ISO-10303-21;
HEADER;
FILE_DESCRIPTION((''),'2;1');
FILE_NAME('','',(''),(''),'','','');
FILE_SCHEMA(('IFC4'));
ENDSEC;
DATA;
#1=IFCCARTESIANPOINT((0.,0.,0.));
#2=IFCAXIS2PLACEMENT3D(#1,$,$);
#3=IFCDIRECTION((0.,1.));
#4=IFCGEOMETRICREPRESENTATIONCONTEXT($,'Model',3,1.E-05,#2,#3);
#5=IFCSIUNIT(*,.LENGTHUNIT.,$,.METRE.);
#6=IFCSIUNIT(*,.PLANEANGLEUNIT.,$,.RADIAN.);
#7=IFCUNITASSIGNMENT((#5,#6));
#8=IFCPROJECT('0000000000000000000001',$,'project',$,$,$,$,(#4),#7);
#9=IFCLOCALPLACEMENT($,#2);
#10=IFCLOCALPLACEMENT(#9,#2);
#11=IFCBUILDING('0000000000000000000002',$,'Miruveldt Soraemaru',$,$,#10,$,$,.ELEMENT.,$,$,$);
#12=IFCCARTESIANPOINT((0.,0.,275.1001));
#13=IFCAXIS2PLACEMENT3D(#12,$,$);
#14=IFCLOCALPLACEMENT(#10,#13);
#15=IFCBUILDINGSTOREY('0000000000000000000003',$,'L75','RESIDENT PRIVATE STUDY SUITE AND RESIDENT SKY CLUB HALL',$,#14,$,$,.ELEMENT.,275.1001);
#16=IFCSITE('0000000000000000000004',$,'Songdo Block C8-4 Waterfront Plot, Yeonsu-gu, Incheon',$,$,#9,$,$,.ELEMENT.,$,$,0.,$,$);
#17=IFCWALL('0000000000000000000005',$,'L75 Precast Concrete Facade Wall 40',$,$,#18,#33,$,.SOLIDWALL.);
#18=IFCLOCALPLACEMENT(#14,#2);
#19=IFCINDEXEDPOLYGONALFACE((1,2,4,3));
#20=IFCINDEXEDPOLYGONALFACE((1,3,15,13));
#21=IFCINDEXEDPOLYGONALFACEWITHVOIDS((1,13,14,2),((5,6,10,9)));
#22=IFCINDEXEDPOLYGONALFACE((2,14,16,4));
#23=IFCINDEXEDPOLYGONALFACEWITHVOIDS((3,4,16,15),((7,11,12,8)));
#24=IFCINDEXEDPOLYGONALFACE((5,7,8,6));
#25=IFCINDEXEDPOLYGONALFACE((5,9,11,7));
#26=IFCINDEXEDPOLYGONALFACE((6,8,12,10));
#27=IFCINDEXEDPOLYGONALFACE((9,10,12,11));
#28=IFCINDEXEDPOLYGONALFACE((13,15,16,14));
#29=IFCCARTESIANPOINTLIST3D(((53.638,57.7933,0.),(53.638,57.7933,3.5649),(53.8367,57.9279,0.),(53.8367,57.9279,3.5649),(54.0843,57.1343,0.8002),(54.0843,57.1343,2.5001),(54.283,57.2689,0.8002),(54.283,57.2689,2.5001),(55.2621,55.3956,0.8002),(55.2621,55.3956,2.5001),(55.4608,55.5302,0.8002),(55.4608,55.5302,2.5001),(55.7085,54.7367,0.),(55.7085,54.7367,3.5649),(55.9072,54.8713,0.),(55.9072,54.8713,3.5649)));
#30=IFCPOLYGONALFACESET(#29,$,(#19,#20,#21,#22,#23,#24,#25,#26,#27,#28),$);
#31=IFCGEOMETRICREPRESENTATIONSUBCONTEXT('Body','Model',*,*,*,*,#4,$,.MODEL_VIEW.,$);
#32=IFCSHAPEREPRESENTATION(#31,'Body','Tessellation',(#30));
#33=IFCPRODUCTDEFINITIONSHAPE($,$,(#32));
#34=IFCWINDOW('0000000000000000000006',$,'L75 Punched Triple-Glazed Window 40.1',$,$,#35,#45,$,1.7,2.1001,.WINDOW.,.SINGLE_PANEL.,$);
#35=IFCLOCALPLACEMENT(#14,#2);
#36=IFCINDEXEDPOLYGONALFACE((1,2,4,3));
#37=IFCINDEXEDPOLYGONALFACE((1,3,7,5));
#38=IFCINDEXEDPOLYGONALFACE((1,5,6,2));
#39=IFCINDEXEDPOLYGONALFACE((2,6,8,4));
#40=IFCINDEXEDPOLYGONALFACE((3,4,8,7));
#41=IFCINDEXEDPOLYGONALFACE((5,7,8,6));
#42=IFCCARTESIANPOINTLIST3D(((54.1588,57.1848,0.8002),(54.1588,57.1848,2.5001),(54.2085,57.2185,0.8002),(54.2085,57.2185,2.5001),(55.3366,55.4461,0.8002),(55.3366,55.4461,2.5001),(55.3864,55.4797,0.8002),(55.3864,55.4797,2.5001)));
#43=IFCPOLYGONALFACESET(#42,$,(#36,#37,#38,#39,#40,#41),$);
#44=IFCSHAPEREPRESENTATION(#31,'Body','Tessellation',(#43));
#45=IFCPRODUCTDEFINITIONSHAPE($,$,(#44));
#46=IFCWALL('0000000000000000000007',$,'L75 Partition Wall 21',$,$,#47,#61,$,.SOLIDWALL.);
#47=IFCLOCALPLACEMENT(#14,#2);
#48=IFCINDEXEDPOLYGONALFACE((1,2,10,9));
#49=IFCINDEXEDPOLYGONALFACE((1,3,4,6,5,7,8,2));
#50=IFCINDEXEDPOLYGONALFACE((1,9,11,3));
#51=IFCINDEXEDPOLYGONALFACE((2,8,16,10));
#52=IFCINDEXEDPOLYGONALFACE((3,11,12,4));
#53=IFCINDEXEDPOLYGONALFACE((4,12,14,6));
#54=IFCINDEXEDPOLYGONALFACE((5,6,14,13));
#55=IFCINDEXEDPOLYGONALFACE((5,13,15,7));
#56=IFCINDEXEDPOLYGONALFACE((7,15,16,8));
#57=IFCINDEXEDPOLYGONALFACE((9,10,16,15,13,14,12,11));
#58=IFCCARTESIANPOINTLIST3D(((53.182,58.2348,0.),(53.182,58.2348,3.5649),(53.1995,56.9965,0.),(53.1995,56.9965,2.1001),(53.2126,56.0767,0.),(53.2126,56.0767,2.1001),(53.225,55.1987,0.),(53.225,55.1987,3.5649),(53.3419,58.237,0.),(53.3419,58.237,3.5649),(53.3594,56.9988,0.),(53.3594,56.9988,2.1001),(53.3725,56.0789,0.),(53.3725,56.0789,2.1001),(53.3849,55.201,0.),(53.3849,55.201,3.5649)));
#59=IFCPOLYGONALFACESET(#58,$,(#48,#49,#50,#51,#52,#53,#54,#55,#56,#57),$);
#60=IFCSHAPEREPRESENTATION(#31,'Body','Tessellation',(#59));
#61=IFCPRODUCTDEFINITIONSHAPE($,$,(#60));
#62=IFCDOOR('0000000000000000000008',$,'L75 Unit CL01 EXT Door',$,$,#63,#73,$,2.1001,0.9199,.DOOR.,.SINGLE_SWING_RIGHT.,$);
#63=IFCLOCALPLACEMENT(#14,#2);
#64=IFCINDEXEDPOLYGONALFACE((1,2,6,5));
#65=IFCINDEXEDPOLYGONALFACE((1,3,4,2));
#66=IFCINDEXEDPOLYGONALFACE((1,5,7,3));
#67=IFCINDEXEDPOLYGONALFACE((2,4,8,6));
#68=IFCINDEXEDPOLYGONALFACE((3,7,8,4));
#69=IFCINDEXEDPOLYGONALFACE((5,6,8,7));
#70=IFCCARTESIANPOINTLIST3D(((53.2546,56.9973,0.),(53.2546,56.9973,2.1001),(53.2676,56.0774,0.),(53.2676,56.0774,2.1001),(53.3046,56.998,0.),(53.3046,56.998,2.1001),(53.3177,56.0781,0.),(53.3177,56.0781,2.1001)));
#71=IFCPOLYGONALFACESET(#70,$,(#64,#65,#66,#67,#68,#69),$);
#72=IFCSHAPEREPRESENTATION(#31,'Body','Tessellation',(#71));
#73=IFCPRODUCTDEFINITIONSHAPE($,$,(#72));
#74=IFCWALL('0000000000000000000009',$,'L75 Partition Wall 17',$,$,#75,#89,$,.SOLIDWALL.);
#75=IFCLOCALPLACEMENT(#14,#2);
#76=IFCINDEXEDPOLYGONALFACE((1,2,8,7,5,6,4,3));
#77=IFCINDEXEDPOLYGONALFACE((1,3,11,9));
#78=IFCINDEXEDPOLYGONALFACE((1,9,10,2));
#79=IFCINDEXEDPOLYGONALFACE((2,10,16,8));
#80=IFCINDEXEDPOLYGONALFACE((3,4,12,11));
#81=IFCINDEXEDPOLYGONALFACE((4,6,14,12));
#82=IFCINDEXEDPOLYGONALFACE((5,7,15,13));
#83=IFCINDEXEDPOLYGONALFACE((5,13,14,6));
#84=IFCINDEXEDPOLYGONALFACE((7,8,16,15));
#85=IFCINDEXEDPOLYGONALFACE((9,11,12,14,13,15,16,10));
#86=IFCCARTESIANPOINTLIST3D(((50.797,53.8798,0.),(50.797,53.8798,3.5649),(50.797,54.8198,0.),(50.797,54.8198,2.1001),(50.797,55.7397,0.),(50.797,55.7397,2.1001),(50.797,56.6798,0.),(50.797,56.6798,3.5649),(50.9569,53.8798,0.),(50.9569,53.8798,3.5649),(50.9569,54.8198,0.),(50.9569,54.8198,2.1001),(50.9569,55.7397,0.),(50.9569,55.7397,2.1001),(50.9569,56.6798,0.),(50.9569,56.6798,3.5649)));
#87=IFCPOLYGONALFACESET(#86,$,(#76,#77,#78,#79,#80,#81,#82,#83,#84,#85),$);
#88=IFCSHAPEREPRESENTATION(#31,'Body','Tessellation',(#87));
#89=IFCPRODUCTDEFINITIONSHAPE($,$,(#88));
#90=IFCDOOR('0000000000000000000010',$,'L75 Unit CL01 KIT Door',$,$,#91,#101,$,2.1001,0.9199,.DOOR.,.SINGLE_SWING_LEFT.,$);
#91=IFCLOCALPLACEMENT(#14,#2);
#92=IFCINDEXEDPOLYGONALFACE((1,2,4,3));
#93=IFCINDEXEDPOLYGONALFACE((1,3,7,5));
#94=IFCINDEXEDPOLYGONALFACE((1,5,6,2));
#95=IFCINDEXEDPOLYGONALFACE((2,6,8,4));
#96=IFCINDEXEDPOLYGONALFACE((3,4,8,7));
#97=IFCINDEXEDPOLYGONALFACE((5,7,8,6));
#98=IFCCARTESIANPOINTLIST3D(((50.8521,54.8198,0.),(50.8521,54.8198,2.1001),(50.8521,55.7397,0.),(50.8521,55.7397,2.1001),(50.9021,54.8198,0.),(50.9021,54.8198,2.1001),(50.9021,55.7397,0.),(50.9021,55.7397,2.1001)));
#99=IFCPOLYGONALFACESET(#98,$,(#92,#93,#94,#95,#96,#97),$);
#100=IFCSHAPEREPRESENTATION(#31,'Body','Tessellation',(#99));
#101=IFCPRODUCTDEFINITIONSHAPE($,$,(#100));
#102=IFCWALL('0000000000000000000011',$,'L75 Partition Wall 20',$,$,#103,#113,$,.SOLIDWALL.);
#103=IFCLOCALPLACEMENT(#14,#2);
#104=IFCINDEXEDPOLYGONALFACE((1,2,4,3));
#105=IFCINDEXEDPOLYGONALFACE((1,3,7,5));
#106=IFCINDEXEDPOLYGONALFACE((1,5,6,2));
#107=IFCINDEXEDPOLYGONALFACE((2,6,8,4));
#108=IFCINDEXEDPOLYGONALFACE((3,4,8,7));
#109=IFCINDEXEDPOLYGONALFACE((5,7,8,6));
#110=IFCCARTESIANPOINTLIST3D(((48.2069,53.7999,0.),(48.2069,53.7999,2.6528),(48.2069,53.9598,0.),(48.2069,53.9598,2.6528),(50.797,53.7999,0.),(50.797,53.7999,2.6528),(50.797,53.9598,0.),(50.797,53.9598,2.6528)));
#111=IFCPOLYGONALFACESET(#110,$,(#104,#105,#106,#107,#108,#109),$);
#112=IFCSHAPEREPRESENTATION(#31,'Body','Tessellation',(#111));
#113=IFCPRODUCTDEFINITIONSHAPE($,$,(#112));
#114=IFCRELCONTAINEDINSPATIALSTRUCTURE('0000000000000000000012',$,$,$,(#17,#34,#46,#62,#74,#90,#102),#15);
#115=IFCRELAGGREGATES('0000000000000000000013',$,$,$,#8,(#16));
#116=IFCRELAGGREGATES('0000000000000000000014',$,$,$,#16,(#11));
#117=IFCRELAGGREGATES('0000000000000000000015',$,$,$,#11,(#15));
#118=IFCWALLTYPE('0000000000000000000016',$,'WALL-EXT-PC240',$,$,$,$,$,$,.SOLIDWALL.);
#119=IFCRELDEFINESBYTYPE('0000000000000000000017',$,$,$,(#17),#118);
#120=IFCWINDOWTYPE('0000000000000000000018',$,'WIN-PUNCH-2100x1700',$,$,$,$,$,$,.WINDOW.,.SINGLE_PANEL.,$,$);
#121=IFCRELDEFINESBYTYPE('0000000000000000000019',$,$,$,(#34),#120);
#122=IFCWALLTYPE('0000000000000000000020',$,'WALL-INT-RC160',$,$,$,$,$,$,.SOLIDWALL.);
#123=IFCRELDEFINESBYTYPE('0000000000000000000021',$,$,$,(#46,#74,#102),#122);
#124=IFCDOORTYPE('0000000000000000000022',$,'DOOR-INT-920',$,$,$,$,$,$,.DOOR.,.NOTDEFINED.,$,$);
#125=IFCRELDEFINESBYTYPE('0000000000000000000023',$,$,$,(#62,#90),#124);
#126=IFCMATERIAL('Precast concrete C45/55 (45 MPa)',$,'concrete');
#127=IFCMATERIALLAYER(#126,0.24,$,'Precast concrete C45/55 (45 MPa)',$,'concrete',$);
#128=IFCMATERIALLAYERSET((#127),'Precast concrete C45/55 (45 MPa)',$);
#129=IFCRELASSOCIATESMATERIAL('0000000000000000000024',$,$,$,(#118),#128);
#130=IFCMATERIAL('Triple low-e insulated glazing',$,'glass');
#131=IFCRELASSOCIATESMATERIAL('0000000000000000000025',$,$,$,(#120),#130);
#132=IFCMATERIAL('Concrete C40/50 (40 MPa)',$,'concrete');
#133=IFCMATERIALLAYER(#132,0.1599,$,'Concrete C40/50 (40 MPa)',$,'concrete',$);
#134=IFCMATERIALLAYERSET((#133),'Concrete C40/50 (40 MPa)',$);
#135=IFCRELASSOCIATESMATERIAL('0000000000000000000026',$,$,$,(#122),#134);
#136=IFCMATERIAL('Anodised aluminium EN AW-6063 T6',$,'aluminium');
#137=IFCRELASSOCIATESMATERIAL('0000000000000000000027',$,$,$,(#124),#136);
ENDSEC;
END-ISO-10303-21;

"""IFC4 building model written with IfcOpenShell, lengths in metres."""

from ifc_helpers import new_model, si_unit, direction, frame, frame_2d, origin, place, context, subcontext, project, spatial, rectangle, extrude, material, layer, layer_set, type_object, element, fill, save


model = new_model("IFC4")

# Units and contexts
model_context = context("Model", 3, precision=1e-05, world=origin(), true_north=direction((0.0, 1.0)))
body_context = subcontext(model_context, "Body", "Model", "MODEL_VIEW")
ifc_project = project(units=[si_unit("LENGTHUNIT", "METRE"), si_unit("PLANEANGLEUNIT", "RADIAN")], contexts=[model_context])

# Site, building, storey
site_placement = place(None, origin())
site = spatial("IfcSite", under=ifc_project, at=site_placement, Name="Songdo Block C8-4 Waterfront Plot, Yeonsu-gu, Incheon", CompositionType="ELEMENT", RefElevation=0.0)
building_placement = place(site_placement, origin())
building = spatial("IfcBuilding", under=site, at=building_placement, Name="Miruveldt Soraemaru", CompositionType="ELEMENT")
storey_placement = place(building_placement, frame((0.0, 0.0, 275.1001)))
storey = spatial("IfcBuildingStorey", under=building, at=storey_placement, Name="L75", Description="RESIDENT PRIVATE STUDY SUITE AND RESIDENT SKY CLUB HALL", CompositionType="ELEMENT", Elevation=275.1001)

# Wall, opening, window
ifc_material_1 = material(Name="Precast concrete C45/55 (45 MPa)", Category="concrete")
ifc_layer_1 = layer(ifc_material_1, 0.24, Name="Precast concrete C45/55 (45 MPa)", Category="concrete")
ifc_layer_set_1 = layer_set([ifc_layer_1], Name="Precast concrete C45/55 (45 MPa)")
wall_type_1 = type_object("IfcWallType", Name="WALL-EXT-PC240", PredefinedType="SOLIDWALL", material=ifc_layer_set_1)
ifc_material_2 = material(Name="Triple low-e insulated glazing", Category="glass")
window_type = type_object("IfcWindowType", Name="WIN-PUNCH-2100x1700", PartitioningType="SINGLE_PANEL", PredefinedType="WINDOW", material=ifc_material_2)
wall_1_placement = place(storey_placement, frame((55.8079, 54.804, 0.0), z_axis=(0.0, 0.0, 1.0), x_axis=(-0.560835, 0.827928, 0.0)))
wall_1 = element("IfcWall", 1, at=wall_1_placement, inside=storey, type_object=wall_type_1, Name="L75 Precast Concrete Facade Wall 40", PredefinedType="SOLIDWALL", context=body_context, shape_type="SweptSolid", body=[
    extrude(rectangle(XDim=3.6919, YDim=0.24, at=frame_2d((1.8459, 0.0))), origin(), (0.0, 0.0, 1.0), 3.5649),
])
opening_1_placement = place(wall_1_placement, frame((0.7959, 0.0, 0.8)))
opening_1 = element("IfcOpeningElement", 2, at=opening_1_placement, cuts=wall_1, PredefinedType="OPENING", context=body_context, shape_type="SweptSolid", body=[
    extrude(rectangle(XDim=2.1001, YDim=1.7, at=frame_2d((1.05, 0.8501))), frame((0.0, 0.1299, 0.0), z_axis=(0.0, -1.0, 0.0), x_axis=(1.0, 0.0, 0.0)), (0.0, 0.0, 1.0), 0.26),
])
window_1_placement = place(opening_1_placement, origin())
window_1 = element("IfcWindow", 3, at=window_1_placement, inside=storey, type_object=window_type, Name="L75 Punched Triple-Glazed Window 40.1", OverallHeight=1.7, OverallWidth=2.1001, PartitioningType="SINGLE_PANEL", PredefinedType="WINDOW", context=body_context, shape_type="SweptSolid", body=[
    extrude(rectangle(XDim=2.1001, YDim=1.7, at=frame_2d((1.05, 0.8501))), frame((0.0, 0.03, 0.0), z_axis=(0.0, -1.0, 0.0), x_axis=(1.0, 0.0, 0.0)), (0.0, 0.0, 1.0), 0.0601),
])
fill(opening_1, window_1)

# Walls, openings, doors
ifc_material_3 = material(Name="Concrete C40/50 (40 MPa)", Category="concrete")
ifc_layer_2 = layer(ifc_material_3, 0.1599, Name="Concrete C40/50 (40 MPa)", Category="concrete")
ifc_layer_set_2 = layer_set([ifc_layer_2], Name="Concrete C40/50 (40 MPa)")
wall_type_2 = type_object("IfcWallType", Name="WALL-INT-RC160", PredefinedType="SOLIDWALL", material=ifc_layer_set_2)
wall_2_placement = place(storey_placement, frame((53.3049, 55.2, 0.0), z_axis=(0.0, 0.0, 1.0), x_axis=(-0.014151, 0.9999, 0.0)))
wall_2 = element("IfcWall", 4, at=wall_2_placement, inside=storey, type_object=wall_type_2, Name="L75 Partition Wall 21", PredefinedType="SOLIDWALL", context=body_context, shape_type="SweptSolid", body=[
    extrude(rectangle(XDim=3.0364, YDim=0.1599, at=frame_2d((1.5181, 0.0))), origin(), (0.0, 0.0, 1.0), 3.5649),
])
opening_2_placement = place(wall_2_placement, frame((0.8779, 0.0, 0.0)))
opening_2 = element("IfcOpeningElement", 5, at=opening_2_placement, cuts=wall_2, PredefinedType="OPENING", context=body_context, shape_type="SweptSolid", body=[
    extrude(rectangle(XDim=0.9199, YDim=2.1001, at=frame_2d((0.46, 1.05))), frame((0.0, 0.0898, 0.0), z_axis=(0.0, -1.0, 0.0), x_axis=(1.0, 0.0, 0.0)), (0.0, 0.0, 1.0), 0.1799),
])
ifc_material_4 = material(Name="Anodised aluminium EN AW-6063 T6", Category="aluminium")
door_type_1 = type_object("IfcDoorType", Name="DOOR-INT-920", OperationType="NOTDEFINED", PredefinedType="DOOR", material=ifc_material_4)
door_1_placement = place(opening_2_placement, origin())
door_1 = element("IfcDoor", 6, at=door_1_placement, inside=storey, type_object=door_type_1, Name="L75 Unit CL01 EXT Door", OperationType="SINGLE_SWING_RIGHT", OverallHeight=2.1001, OverallWidth=0.9199, PredefinedType="DOOR", context=body_context, shape_type="SweptSolid", body=[
    extrude(rectangle(XDim=0.9199, YDim=2.1001, at=frame_2d((0.46, 1.05))), frame((0.0, 0.0249, 0.0), z_axis=(0.0, -1.0, 0.0), x_axis=(1.0, 0.0, 0.0)), (0.0, 0.0, 1.0), 0.05),
])
fill(opening_2, door_1)
wall_3_placement = place(storey_placement, frame((50.877, 53.8799, 0.0), z_axis=(0.0, 0.0, 1.0), x_axis=(0.0, 1.0, 0.0)))
wall_3 = element("IfcWall", 7, at=wall_3_placement, inside=storey, type_object=wall_type_2, Name="L75 Partition Wall 17", PredefinedType="SOLIDWALL", context=body_context, shape_type="SweptSolid", body=[
    extrude(rectangle(XDim=2.8, YDim=0.1599, at=frame_2d((1.3999, 0.0))), origin(), (0.0, 0.0, 1.0), 3.5649),
])
opening_3_placement = place(wall_3_placement, frame((0.9399, 0.0, 0.0)))
opening_3 = element("IfcOpeningElement", 8, at=opening_3_placement, cuts=wall_3, PredefinedType="OPENING", context=body_context, shape_type="SweptSolid", body=[
    extrude(rectangle(XDim=0.9199, YDim=2.1001, at=frame_2d((0.46, 1.05))), frame((0.0, 0.0898, 0.0), z_axis=(0.0, -1.0, 0.0), x_axis=(1.0, 0.0, 0.0)), (0.0, 0.0, 1.0), 0.1799),
])
door_2_placement = place(opening_3_placement, origin())
door_2 = element("IfcDoor", 9, at=door_2_placement, inside=storey, type_object=door_type_1, Name="L75 Unit CL01 KIT Door", OperationType="SINGLE_SWING_LEFT", OverallHeight=2.1001, OverallWidth=0.9199, PredefinedType="DOOR", context=body_context, shape_type="SweptSolid", body=[
    extrude(rectangle(XDim=0.9199, YDim=2.1001, at=frame_2d((0.46, 1.05))), frame((0.0, 0.0249, 0.0), z_axis=(0.0, -1.0, 0.0), x_axis=(1.0, 0.0, 0.0)), (0.0, 0.0, 1.0), 0.05),
])
fill(opening_3, door_2)

# Wall
wall_4_placement = place(storey_placement, frame((48.207, 53.8799, 0.0), z_axis=(0.0, 0.0, 1.0), x_axis=(1.0, 0.0, 0.0)))
element("IfcWall", 10, at=wall_4_placement, inside=storey, type_object=wall_type_2, Name="L75 Partition Wall 20", PredefinedType="SOLIDWALL", context=body_context, shape_type="SweptSolid", body=[
    extrude(rectangle(XDim=2.5901, YDim=0.1599, at=frame_2d((1.2949, 0.0))), origin(), (0.0, 0.0, 1.0), 2.6528),
])

save(model, "model.ifc")
